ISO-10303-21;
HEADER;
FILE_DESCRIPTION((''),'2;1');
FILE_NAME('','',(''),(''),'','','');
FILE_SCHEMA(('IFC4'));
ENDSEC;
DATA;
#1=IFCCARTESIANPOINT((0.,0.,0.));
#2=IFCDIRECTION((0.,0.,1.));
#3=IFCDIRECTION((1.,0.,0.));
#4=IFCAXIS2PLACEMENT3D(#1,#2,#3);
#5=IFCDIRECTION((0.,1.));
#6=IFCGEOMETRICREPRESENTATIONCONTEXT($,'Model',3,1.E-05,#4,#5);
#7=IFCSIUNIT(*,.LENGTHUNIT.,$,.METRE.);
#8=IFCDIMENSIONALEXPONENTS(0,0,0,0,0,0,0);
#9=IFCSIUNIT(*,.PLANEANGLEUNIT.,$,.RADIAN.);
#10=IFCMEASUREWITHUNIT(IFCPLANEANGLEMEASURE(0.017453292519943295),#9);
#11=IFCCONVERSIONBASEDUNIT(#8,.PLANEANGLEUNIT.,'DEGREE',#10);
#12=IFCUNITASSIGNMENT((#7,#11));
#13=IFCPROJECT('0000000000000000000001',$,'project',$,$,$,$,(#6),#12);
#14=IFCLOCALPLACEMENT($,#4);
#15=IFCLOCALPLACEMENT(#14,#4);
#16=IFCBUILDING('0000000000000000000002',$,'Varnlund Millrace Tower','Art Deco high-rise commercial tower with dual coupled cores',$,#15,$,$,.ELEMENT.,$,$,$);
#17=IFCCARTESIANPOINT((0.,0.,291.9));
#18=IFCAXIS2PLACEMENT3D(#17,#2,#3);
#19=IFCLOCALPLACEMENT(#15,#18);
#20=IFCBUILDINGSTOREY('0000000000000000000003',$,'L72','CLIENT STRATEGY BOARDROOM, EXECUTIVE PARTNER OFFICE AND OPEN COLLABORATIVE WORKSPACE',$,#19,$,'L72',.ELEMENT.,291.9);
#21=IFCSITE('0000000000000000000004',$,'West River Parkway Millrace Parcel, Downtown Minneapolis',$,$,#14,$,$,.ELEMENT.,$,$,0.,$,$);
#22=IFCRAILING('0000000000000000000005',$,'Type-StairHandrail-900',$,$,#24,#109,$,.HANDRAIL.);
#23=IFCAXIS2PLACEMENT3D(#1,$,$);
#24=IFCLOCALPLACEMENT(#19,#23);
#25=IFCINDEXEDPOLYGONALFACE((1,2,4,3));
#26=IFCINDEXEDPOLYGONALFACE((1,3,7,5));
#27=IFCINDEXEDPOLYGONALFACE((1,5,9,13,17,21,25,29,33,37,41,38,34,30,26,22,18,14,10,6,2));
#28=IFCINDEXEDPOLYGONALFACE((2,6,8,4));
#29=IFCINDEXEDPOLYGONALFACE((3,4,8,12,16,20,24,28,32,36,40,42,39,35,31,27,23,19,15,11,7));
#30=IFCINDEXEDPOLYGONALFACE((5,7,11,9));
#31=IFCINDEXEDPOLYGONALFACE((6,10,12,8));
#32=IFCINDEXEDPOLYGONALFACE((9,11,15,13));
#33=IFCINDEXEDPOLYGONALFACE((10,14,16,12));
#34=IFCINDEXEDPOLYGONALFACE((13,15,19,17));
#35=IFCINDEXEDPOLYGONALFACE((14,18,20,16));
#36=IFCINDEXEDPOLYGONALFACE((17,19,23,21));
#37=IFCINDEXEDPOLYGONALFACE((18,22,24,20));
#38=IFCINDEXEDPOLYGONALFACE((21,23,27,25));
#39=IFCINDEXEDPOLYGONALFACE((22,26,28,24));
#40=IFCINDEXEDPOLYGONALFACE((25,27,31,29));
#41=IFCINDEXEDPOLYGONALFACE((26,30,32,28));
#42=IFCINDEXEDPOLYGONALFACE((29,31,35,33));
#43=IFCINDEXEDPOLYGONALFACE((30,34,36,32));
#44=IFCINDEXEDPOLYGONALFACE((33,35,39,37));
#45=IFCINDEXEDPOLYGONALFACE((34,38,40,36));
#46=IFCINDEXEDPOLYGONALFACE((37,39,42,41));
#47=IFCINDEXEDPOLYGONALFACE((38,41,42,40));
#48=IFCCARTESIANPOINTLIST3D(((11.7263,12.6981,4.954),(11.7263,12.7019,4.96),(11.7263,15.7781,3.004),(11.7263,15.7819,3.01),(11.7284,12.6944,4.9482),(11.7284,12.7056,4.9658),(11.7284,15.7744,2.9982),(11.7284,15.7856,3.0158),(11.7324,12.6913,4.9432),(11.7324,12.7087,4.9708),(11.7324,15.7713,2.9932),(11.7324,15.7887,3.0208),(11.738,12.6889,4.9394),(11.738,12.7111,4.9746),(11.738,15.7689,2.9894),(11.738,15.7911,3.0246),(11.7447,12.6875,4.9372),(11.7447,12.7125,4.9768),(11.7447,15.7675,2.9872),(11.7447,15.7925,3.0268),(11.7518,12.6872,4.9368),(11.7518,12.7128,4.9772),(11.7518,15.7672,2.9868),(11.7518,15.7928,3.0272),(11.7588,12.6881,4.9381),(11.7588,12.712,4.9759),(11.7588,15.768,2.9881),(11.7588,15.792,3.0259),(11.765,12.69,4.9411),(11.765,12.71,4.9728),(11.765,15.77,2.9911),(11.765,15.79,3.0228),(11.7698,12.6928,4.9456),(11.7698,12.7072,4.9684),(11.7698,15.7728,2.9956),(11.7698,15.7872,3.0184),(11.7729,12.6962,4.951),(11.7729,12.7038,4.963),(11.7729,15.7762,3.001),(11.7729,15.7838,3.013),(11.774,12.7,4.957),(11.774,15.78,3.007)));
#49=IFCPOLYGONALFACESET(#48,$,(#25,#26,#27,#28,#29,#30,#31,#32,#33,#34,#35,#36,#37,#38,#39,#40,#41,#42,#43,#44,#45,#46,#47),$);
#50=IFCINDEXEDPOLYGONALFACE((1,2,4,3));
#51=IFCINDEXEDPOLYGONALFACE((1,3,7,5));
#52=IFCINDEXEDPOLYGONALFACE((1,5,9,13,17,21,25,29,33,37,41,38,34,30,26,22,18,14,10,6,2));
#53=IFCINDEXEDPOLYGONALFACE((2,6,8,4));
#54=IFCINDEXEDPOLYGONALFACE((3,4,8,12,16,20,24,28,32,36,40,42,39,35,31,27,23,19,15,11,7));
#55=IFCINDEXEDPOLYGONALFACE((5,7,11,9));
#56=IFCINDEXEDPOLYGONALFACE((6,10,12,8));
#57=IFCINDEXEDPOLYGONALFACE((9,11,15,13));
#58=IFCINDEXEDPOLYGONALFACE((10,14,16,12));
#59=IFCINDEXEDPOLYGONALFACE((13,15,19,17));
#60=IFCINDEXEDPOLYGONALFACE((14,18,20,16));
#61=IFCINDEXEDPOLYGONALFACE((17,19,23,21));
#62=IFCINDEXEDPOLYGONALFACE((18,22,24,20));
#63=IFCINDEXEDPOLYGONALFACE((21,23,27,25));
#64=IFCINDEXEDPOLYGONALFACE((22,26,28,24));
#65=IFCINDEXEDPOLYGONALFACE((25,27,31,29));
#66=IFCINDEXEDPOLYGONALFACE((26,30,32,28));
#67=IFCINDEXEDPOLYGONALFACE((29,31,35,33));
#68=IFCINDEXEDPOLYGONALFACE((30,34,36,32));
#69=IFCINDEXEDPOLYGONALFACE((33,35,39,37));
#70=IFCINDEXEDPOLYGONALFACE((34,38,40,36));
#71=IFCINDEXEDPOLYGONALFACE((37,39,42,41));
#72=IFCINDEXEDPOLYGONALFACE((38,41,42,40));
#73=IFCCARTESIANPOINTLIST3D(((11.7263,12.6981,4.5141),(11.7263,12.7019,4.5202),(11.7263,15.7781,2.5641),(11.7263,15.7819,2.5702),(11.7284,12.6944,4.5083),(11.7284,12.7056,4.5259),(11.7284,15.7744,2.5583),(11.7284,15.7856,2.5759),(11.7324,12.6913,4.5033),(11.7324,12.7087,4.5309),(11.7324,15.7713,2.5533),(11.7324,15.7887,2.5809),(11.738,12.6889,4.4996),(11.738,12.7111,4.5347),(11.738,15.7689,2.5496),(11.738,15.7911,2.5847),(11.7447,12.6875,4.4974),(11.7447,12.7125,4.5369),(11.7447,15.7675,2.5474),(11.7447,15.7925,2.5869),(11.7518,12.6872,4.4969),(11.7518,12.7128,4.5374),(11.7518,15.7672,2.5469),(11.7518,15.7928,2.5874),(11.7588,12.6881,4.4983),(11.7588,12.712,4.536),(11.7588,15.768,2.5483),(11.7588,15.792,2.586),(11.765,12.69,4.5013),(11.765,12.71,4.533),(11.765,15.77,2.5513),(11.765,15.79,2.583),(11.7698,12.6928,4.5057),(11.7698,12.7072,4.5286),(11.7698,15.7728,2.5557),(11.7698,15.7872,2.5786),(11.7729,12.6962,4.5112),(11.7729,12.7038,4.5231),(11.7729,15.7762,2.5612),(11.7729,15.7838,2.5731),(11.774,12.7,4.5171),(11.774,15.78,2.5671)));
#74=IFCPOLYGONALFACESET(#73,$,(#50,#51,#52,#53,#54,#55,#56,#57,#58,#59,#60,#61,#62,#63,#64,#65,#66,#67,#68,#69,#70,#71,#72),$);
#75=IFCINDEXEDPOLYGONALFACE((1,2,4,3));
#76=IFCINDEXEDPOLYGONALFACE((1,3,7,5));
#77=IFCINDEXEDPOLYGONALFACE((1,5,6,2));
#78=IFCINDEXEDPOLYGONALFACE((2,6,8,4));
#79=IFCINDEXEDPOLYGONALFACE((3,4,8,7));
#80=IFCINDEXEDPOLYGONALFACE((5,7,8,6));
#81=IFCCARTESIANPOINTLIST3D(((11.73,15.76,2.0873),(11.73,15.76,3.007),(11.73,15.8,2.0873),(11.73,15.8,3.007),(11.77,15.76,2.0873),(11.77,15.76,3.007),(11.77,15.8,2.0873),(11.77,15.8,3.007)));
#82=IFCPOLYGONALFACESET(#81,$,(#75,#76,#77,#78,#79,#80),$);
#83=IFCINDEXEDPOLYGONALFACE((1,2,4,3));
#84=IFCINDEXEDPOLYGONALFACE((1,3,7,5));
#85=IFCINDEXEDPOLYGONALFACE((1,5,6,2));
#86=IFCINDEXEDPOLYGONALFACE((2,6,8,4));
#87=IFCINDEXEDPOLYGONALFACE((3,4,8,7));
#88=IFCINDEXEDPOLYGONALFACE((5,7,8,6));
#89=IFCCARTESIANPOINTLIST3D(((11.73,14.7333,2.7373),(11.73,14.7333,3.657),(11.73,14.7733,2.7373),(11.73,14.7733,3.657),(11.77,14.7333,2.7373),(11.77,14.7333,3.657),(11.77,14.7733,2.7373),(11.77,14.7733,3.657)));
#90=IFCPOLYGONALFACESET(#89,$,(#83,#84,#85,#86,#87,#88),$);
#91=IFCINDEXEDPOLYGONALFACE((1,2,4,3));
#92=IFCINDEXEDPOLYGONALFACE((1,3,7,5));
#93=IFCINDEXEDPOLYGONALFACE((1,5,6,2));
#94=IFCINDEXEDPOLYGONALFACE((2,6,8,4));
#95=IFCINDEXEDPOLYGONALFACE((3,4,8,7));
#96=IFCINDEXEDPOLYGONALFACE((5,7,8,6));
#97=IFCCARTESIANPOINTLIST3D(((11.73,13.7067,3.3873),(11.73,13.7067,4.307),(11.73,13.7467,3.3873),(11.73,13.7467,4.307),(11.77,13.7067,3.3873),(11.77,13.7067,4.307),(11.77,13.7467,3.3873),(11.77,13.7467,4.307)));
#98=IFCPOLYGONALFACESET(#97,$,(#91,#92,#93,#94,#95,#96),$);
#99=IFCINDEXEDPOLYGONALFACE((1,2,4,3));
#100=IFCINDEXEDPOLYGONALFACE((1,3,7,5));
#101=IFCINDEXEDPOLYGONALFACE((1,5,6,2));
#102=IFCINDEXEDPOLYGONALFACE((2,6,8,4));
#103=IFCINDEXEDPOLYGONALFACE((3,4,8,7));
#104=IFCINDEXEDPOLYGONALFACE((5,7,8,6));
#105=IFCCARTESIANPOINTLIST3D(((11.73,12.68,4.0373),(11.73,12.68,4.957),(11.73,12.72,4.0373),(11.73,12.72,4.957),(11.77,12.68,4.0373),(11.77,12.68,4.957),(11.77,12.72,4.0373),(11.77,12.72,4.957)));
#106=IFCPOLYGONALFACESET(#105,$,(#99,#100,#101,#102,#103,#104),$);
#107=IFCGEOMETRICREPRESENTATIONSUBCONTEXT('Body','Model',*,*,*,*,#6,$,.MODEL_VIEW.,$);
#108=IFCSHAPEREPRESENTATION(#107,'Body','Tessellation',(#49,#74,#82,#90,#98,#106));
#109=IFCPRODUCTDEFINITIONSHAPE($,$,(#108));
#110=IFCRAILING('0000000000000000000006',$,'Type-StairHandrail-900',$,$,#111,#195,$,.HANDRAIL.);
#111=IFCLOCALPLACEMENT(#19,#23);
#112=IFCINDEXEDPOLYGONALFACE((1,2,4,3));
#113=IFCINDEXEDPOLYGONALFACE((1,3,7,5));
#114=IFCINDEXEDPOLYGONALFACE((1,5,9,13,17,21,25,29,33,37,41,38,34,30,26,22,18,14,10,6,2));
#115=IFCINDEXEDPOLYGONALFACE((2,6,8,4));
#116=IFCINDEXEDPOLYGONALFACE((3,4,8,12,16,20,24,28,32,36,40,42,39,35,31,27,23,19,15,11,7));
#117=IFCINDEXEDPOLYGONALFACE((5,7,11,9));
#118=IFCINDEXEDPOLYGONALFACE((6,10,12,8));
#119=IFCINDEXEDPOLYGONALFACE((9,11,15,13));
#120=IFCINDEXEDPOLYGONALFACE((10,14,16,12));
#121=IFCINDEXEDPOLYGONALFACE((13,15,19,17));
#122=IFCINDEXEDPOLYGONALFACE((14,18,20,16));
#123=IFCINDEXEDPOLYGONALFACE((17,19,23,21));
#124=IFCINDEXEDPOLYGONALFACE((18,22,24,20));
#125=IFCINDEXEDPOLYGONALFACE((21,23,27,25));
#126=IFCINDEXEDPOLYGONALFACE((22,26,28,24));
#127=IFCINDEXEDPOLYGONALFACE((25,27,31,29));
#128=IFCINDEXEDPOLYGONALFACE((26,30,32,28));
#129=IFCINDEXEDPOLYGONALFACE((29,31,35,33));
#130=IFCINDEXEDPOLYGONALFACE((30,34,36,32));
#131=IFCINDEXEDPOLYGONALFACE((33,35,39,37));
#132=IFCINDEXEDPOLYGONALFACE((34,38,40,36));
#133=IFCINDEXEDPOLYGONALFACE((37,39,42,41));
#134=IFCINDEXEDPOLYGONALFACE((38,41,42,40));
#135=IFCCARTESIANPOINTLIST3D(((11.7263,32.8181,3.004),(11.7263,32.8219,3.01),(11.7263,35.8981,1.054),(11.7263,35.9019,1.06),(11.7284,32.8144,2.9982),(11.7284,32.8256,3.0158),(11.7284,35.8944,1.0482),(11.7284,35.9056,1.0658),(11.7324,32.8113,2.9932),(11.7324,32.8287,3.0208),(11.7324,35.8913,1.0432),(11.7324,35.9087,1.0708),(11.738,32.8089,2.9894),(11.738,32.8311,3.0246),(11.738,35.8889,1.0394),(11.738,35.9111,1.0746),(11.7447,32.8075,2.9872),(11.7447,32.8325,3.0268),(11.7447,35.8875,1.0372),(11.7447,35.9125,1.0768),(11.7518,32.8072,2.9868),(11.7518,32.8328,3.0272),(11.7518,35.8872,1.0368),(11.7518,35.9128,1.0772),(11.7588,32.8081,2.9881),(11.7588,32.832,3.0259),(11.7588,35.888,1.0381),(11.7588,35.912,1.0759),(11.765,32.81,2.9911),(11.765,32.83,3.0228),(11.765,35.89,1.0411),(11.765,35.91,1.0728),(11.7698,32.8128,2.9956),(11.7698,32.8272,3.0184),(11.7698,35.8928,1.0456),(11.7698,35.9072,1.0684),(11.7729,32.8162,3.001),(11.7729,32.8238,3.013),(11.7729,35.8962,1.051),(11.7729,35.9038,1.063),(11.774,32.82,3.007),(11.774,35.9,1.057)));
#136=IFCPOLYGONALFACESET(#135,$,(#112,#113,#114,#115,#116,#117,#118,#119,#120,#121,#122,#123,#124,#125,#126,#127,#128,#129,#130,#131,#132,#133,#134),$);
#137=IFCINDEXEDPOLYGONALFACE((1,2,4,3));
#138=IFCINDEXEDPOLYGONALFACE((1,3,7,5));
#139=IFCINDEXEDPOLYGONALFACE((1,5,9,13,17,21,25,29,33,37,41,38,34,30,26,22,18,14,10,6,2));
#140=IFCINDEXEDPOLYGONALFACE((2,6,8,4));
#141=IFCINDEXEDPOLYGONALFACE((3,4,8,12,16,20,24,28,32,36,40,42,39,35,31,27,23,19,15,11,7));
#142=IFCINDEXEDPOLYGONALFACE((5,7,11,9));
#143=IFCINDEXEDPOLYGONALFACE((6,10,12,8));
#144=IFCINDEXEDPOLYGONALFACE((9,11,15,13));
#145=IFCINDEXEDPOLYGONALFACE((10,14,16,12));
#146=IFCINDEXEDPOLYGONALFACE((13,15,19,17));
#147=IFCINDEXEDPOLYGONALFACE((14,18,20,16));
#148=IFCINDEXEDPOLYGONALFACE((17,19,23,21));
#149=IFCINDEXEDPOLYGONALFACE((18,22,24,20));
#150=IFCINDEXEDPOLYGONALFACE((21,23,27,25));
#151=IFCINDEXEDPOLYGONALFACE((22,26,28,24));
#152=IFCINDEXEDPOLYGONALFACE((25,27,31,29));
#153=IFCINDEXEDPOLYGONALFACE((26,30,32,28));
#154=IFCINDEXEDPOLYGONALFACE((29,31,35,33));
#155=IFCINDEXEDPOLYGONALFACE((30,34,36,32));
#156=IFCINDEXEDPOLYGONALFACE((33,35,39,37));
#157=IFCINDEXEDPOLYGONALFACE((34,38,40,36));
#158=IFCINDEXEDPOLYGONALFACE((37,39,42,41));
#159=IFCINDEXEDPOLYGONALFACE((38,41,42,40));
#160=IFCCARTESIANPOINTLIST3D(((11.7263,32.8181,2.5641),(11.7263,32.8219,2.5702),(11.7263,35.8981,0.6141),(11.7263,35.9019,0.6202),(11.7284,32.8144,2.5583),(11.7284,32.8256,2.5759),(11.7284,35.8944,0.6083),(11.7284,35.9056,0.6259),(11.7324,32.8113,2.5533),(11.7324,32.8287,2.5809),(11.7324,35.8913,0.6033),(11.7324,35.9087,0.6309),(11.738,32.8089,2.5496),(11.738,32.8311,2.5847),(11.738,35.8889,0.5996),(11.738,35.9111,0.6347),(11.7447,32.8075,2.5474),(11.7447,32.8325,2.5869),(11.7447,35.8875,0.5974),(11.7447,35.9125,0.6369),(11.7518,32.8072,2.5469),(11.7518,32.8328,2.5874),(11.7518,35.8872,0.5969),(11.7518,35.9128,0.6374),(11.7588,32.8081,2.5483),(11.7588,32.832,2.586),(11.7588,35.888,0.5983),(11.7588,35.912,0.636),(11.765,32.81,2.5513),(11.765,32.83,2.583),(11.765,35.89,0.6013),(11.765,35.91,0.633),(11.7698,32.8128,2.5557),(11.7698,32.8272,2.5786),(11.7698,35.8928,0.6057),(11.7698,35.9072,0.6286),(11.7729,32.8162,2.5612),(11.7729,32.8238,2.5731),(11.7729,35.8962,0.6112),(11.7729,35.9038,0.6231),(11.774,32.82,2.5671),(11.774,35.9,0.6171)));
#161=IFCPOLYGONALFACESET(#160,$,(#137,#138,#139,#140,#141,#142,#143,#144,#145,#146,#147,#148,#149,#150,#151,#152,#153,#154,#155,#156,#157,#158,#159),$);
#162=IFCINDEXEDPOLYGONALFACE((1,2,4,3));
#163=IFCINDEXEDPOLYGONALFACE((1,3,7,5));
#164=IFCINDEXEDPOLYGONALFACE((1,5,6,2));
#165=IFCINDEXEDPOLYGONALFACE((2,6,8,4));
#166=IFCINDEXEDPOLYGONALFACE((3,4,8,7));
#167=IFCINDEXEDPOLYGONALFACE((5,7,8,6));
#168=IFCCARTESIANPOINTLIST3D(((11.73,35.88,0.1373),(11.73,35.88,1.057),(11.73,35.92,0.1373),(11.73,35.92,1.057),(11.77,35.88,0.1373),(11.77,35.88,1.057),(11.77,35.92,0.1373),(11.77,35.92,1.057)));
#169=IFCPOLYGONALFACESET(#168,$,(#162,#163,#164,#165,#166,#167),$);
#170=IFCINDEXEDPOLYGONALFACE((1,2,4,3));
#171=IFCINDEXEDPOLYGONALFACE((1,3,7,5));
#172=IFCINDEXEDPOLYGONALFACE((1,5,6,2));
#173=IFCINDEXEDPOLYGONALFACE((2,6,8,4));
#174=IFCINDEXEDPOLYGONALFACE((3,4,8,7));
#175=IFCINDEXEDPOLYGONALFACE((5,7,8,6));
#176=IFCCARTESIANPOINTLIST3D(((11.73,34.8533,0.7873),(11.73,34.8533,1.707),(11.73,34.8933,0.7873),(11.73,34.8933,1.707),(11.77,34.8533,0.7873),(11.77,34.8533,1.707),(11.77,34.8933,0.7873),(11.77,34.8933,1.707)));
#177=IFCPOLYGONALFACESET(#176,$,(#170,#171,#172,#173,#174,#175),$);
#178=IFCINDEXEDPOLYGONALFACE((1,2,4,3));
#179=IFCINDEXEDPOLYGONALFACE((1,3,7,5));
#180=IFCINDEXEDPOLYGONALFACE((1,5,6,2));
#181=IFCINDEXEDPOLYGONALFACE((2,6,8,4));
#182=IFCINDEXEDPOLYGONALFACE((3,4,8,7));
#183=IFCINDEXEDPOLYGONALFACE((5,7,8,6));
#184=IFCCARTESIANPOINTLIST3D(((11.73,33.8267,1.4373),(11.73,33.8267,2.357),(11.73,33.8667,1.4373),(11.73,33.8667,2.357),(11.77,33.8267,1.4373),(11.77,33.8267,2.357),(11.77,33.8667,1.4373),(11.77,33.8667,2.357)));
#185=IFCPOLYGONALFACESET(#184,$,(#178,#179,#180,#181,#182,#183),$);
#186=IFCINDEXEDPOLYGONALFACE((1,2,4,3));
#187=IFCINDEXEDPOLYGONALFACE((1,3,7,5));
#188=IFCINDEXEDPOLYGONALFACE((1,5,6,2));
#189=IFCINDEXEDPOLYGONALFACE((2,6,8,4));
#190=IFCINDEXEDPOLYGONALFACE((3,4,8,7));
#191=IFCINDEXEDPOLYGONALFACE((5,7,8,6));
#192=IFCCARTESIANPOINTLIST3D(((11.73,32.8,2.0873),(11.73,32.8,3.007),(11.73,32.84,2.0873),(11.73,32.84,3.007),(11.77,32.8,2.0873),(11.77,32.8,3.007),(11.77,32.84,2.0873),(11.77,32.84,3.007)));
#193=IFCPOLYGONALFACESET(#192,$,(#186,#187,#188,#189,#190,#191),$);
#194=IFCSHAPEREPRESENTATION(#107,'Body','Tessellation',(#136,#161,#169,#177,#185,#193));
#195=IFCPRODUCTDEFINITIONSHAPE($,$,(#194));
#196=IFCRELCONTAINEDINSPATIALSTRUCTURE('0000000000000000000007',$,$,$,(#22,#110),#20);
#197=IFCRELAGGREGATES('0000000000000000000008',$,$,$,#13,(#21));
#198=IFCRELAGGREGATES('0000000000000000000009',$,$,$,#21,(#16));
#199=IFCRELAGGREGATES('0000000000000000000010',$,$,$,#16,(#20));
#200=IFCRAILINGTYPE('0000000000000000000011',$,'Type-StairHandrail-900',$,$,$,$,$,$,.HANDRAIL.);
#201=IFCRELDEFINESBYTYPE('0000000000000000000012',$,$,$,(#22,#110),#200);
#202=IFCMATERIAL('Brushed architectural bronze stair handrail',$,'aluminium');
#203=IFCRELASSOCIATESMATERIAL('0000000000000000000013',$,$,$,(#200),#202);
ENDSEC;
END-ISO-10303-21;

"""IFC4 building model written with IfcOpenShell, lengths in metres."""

from ifc_helpers import new_model, entity, si_unit, converted_unit, direction, frame, origin_with_axes, origin_2d_with_axis, place, context, subcontext, project, spatial, rectangle, circle, extrude, material, type_object, element, save


model = new_model("IFC4")

# Units and contexts
model_context = context("Model", 3, precision=1e-05, world=origin_with_axes(), true_north=direction((0.0, 1.0)))
body_context = subcontext(model_context, "Body", "Model", "MODEL_VIEW")
ifc_project = project(units=[si_unit("LENGTHUNIT", "METRE"), converted_unit("PLANEANGLEUNIT", "DEGREE", entity("IfcPlaneAngleMeasure", 0.017453292519943295), si_unit("PLANEANGLEUNIT", "RADIAN"), dimensions=[0, 0, 0, 0, 0, 0, 0])], contexts=[model_context])

# Site, building, storey
site_placement = place(None, origin_with_axes())
site = spatial("IfcSite", under=ifc_project, at=site_placement, Name="West River Parkway Millrace Parcel, Downtown Minneapolis", CompositionType="ELEMENT", RefElevation=0.0)
building_placement = place(site_placement, origin_with_axes())
building = spatial("IfcBuilding", under=site, at=building_placement, Name="Varnlund Millrace Tower", Description="Art Deco high-rise commercial tower with dual coupled cores", CompositionType="ELEMENT")
storey_placement = place(building_placement, frame((0.0, 0.0, 291.9), z_axis=(0.0, 0.0, 1.0), x_axis=(1.0, 0.0, 0.0)))
storey = spatial("IfcBuildingStorey", under=building, at=storey_placement, Name="L72", Description="CLIENT STRATEGY BOARDROOM, EXECUTIVE PARTNER OFFICE AND OPEN COLLABORATIVE WORKSPACE", LongName="L72", CompositionType="ELEMENT", Elevation=291.9)

# Railings
ifc_material_1 = material(Name="Brushed architectural bronze stair handrail", Category="aluminium")
railing_type_1 = type_object("IfcRailingType", Name="Type-StairHandrail-900", PredefinedType="HANDRAIL", material=ifc_material_1)
railing_1_placement = place(storey_placement, frame((0.0, 0.0, -291.9), z_axis=(0.0, 0.0, 1.0), x_axis=(1.0, 0.0, 0.0)))
element("IfcRailing", 1, at=railing_1_placement, inside=storey, type_object=railing_type_1, Name="Type-StairHandrail-900", PredefinedType="HANDRAIL", context=body_context, shape_type="SweptSolid", body=[
    extrude(circle(Radius=0.024, at=origin_2d_with_axis()), frame((11.75, 15.78, 294.907), z_axis=(0.0, -0.844902, 0.534922), x_axis=(1.0, 0.0, 0.0)), (0.0, 0.0, 1.0), 3.6454),
    extrude(circle(Radius=0.024, at=origin_2d_with_axis()), frame((11.75, 15.78, 294.4671), z_axis=(0.0, -0.844902, 0.534922), x_axis=(1.0, 0.0, 0.0)), (0.0, 0.0, 1.0), 3.6454),
    extrude(rectangle(XDim=0.04, YDim=0.04, at=origin_2d_with_axis()), frame((11.75, 15.78, 293.9873), z_axis=(0.0, 0.0, 1.0), x_axis=(1.0, 0.0, 0.0)), (0.0, 0.0, 1.0), 0.9197),
    extrude(rectangle(XDim=0.04, YDim=0.04, at=origin_2d_with_axis()), frame((11.75, 14.7533, 294.6373), z_axis=(0.0, 0.0, 1.0), x_axis=(1.0, 0.0, 0.0)), (0.0, 0.0, 1.0), 0.9197),
    extrude(rectangle(XDim=0.04, YDim=0.04, at=origin_2d_with_axis()), frame((11.75, 13.7267, 295.2873), z_axis=(0.0, 0.0, 1.0), x_axis=(1.0, 0.0, 0.0)), (0.0, 0.0, 1.0), 0.9197),
    extrude(rectangle(XDim=0.04, YDim=0.04, at=origin_2d_with_axis()), frame((11.75, 12.7, 295.9373), z_axis=(0.0, 0.0, 1.0), x_axis=(1.0, 0.0, 0.0)), (0.0, 0.0, 1.0), 0.9197),
])
railing_2_placement = place(storey_placement, frame((0.0, 0.0, -291.9), z_axis=(0.0, 0.0, 1.0), x_axis=(1.0, 0.0, 0.0)))
element("IfcRailing", 2, at=railing_2_placement, inside=storey, type_object=railing_type_1, Name="Type-StairHandrail-900", PredefinedType="HANDRAIL", context=body_context, shape_type="SweptSolid", body=[
    extrude(circle(Radius=0.024, at=origin_2d_with_axis()), frame((11.75, 35.9, 292.957), z_axis=(0.0, -0.844902, 0.534922), x_axis=(1.0, 0.0, 0.0)), (0.0, 0.0, 1.0), 3.6454),
    extrude(circle(Radius=0.024, at=origin_2d_with_axis()), frame((11.75, 35.9, 292.5171), z_axis=(0.0, -0.844902, 0.534922), x_axis=(1.0, 0.0, 0.0)), (0.0, 0.0, 1.0), 3.6454),
    extrude(rectangle(XDim=0.04, YDim=0.04, at=origin_2d_with_axis()), frame((11.75, 35.9, 292.0373), z_axis=(0.0, 0.0, 1.0), x_axis=(1.0, 0.0, 0.0)), (0.0, 0.0, 1.0), 0.9197),
    extrude(rectangle(XDim=0.04, YDim=0.04, at=origin_2d_with_axis()), frame((11.75, 34.8733, 292.6873), z_axis=(0.0, 0.0, 1.0), x_axis=(1.0, 0.0, 0.0)), (0.0, 0.0, 1.0), 0.9197),
    extrude(rectangle(XDim=0.04, YDim=0.04, at=origin_2d_with_axis()), frame((11.75, 33.8467, 293.3373), z_axis=(0.0, 0.0, 1.0), x_axis=(1.0, 0.0, 0.0)), (0.0, 0.0, 1.0), 0.9197),
    extrude(rectangle(XDim=0.04, YDim=0.04, at=origin_2d_with_axis()), frame((11.75, 32.82, 293.9873), z_axis=(0.0, 0.0, 1.0), x_axis=(1.0, 0.0, 0.0)), (0.0, 0.0, 1.0), 0.9197),
])

save(model, "model.ifc")
